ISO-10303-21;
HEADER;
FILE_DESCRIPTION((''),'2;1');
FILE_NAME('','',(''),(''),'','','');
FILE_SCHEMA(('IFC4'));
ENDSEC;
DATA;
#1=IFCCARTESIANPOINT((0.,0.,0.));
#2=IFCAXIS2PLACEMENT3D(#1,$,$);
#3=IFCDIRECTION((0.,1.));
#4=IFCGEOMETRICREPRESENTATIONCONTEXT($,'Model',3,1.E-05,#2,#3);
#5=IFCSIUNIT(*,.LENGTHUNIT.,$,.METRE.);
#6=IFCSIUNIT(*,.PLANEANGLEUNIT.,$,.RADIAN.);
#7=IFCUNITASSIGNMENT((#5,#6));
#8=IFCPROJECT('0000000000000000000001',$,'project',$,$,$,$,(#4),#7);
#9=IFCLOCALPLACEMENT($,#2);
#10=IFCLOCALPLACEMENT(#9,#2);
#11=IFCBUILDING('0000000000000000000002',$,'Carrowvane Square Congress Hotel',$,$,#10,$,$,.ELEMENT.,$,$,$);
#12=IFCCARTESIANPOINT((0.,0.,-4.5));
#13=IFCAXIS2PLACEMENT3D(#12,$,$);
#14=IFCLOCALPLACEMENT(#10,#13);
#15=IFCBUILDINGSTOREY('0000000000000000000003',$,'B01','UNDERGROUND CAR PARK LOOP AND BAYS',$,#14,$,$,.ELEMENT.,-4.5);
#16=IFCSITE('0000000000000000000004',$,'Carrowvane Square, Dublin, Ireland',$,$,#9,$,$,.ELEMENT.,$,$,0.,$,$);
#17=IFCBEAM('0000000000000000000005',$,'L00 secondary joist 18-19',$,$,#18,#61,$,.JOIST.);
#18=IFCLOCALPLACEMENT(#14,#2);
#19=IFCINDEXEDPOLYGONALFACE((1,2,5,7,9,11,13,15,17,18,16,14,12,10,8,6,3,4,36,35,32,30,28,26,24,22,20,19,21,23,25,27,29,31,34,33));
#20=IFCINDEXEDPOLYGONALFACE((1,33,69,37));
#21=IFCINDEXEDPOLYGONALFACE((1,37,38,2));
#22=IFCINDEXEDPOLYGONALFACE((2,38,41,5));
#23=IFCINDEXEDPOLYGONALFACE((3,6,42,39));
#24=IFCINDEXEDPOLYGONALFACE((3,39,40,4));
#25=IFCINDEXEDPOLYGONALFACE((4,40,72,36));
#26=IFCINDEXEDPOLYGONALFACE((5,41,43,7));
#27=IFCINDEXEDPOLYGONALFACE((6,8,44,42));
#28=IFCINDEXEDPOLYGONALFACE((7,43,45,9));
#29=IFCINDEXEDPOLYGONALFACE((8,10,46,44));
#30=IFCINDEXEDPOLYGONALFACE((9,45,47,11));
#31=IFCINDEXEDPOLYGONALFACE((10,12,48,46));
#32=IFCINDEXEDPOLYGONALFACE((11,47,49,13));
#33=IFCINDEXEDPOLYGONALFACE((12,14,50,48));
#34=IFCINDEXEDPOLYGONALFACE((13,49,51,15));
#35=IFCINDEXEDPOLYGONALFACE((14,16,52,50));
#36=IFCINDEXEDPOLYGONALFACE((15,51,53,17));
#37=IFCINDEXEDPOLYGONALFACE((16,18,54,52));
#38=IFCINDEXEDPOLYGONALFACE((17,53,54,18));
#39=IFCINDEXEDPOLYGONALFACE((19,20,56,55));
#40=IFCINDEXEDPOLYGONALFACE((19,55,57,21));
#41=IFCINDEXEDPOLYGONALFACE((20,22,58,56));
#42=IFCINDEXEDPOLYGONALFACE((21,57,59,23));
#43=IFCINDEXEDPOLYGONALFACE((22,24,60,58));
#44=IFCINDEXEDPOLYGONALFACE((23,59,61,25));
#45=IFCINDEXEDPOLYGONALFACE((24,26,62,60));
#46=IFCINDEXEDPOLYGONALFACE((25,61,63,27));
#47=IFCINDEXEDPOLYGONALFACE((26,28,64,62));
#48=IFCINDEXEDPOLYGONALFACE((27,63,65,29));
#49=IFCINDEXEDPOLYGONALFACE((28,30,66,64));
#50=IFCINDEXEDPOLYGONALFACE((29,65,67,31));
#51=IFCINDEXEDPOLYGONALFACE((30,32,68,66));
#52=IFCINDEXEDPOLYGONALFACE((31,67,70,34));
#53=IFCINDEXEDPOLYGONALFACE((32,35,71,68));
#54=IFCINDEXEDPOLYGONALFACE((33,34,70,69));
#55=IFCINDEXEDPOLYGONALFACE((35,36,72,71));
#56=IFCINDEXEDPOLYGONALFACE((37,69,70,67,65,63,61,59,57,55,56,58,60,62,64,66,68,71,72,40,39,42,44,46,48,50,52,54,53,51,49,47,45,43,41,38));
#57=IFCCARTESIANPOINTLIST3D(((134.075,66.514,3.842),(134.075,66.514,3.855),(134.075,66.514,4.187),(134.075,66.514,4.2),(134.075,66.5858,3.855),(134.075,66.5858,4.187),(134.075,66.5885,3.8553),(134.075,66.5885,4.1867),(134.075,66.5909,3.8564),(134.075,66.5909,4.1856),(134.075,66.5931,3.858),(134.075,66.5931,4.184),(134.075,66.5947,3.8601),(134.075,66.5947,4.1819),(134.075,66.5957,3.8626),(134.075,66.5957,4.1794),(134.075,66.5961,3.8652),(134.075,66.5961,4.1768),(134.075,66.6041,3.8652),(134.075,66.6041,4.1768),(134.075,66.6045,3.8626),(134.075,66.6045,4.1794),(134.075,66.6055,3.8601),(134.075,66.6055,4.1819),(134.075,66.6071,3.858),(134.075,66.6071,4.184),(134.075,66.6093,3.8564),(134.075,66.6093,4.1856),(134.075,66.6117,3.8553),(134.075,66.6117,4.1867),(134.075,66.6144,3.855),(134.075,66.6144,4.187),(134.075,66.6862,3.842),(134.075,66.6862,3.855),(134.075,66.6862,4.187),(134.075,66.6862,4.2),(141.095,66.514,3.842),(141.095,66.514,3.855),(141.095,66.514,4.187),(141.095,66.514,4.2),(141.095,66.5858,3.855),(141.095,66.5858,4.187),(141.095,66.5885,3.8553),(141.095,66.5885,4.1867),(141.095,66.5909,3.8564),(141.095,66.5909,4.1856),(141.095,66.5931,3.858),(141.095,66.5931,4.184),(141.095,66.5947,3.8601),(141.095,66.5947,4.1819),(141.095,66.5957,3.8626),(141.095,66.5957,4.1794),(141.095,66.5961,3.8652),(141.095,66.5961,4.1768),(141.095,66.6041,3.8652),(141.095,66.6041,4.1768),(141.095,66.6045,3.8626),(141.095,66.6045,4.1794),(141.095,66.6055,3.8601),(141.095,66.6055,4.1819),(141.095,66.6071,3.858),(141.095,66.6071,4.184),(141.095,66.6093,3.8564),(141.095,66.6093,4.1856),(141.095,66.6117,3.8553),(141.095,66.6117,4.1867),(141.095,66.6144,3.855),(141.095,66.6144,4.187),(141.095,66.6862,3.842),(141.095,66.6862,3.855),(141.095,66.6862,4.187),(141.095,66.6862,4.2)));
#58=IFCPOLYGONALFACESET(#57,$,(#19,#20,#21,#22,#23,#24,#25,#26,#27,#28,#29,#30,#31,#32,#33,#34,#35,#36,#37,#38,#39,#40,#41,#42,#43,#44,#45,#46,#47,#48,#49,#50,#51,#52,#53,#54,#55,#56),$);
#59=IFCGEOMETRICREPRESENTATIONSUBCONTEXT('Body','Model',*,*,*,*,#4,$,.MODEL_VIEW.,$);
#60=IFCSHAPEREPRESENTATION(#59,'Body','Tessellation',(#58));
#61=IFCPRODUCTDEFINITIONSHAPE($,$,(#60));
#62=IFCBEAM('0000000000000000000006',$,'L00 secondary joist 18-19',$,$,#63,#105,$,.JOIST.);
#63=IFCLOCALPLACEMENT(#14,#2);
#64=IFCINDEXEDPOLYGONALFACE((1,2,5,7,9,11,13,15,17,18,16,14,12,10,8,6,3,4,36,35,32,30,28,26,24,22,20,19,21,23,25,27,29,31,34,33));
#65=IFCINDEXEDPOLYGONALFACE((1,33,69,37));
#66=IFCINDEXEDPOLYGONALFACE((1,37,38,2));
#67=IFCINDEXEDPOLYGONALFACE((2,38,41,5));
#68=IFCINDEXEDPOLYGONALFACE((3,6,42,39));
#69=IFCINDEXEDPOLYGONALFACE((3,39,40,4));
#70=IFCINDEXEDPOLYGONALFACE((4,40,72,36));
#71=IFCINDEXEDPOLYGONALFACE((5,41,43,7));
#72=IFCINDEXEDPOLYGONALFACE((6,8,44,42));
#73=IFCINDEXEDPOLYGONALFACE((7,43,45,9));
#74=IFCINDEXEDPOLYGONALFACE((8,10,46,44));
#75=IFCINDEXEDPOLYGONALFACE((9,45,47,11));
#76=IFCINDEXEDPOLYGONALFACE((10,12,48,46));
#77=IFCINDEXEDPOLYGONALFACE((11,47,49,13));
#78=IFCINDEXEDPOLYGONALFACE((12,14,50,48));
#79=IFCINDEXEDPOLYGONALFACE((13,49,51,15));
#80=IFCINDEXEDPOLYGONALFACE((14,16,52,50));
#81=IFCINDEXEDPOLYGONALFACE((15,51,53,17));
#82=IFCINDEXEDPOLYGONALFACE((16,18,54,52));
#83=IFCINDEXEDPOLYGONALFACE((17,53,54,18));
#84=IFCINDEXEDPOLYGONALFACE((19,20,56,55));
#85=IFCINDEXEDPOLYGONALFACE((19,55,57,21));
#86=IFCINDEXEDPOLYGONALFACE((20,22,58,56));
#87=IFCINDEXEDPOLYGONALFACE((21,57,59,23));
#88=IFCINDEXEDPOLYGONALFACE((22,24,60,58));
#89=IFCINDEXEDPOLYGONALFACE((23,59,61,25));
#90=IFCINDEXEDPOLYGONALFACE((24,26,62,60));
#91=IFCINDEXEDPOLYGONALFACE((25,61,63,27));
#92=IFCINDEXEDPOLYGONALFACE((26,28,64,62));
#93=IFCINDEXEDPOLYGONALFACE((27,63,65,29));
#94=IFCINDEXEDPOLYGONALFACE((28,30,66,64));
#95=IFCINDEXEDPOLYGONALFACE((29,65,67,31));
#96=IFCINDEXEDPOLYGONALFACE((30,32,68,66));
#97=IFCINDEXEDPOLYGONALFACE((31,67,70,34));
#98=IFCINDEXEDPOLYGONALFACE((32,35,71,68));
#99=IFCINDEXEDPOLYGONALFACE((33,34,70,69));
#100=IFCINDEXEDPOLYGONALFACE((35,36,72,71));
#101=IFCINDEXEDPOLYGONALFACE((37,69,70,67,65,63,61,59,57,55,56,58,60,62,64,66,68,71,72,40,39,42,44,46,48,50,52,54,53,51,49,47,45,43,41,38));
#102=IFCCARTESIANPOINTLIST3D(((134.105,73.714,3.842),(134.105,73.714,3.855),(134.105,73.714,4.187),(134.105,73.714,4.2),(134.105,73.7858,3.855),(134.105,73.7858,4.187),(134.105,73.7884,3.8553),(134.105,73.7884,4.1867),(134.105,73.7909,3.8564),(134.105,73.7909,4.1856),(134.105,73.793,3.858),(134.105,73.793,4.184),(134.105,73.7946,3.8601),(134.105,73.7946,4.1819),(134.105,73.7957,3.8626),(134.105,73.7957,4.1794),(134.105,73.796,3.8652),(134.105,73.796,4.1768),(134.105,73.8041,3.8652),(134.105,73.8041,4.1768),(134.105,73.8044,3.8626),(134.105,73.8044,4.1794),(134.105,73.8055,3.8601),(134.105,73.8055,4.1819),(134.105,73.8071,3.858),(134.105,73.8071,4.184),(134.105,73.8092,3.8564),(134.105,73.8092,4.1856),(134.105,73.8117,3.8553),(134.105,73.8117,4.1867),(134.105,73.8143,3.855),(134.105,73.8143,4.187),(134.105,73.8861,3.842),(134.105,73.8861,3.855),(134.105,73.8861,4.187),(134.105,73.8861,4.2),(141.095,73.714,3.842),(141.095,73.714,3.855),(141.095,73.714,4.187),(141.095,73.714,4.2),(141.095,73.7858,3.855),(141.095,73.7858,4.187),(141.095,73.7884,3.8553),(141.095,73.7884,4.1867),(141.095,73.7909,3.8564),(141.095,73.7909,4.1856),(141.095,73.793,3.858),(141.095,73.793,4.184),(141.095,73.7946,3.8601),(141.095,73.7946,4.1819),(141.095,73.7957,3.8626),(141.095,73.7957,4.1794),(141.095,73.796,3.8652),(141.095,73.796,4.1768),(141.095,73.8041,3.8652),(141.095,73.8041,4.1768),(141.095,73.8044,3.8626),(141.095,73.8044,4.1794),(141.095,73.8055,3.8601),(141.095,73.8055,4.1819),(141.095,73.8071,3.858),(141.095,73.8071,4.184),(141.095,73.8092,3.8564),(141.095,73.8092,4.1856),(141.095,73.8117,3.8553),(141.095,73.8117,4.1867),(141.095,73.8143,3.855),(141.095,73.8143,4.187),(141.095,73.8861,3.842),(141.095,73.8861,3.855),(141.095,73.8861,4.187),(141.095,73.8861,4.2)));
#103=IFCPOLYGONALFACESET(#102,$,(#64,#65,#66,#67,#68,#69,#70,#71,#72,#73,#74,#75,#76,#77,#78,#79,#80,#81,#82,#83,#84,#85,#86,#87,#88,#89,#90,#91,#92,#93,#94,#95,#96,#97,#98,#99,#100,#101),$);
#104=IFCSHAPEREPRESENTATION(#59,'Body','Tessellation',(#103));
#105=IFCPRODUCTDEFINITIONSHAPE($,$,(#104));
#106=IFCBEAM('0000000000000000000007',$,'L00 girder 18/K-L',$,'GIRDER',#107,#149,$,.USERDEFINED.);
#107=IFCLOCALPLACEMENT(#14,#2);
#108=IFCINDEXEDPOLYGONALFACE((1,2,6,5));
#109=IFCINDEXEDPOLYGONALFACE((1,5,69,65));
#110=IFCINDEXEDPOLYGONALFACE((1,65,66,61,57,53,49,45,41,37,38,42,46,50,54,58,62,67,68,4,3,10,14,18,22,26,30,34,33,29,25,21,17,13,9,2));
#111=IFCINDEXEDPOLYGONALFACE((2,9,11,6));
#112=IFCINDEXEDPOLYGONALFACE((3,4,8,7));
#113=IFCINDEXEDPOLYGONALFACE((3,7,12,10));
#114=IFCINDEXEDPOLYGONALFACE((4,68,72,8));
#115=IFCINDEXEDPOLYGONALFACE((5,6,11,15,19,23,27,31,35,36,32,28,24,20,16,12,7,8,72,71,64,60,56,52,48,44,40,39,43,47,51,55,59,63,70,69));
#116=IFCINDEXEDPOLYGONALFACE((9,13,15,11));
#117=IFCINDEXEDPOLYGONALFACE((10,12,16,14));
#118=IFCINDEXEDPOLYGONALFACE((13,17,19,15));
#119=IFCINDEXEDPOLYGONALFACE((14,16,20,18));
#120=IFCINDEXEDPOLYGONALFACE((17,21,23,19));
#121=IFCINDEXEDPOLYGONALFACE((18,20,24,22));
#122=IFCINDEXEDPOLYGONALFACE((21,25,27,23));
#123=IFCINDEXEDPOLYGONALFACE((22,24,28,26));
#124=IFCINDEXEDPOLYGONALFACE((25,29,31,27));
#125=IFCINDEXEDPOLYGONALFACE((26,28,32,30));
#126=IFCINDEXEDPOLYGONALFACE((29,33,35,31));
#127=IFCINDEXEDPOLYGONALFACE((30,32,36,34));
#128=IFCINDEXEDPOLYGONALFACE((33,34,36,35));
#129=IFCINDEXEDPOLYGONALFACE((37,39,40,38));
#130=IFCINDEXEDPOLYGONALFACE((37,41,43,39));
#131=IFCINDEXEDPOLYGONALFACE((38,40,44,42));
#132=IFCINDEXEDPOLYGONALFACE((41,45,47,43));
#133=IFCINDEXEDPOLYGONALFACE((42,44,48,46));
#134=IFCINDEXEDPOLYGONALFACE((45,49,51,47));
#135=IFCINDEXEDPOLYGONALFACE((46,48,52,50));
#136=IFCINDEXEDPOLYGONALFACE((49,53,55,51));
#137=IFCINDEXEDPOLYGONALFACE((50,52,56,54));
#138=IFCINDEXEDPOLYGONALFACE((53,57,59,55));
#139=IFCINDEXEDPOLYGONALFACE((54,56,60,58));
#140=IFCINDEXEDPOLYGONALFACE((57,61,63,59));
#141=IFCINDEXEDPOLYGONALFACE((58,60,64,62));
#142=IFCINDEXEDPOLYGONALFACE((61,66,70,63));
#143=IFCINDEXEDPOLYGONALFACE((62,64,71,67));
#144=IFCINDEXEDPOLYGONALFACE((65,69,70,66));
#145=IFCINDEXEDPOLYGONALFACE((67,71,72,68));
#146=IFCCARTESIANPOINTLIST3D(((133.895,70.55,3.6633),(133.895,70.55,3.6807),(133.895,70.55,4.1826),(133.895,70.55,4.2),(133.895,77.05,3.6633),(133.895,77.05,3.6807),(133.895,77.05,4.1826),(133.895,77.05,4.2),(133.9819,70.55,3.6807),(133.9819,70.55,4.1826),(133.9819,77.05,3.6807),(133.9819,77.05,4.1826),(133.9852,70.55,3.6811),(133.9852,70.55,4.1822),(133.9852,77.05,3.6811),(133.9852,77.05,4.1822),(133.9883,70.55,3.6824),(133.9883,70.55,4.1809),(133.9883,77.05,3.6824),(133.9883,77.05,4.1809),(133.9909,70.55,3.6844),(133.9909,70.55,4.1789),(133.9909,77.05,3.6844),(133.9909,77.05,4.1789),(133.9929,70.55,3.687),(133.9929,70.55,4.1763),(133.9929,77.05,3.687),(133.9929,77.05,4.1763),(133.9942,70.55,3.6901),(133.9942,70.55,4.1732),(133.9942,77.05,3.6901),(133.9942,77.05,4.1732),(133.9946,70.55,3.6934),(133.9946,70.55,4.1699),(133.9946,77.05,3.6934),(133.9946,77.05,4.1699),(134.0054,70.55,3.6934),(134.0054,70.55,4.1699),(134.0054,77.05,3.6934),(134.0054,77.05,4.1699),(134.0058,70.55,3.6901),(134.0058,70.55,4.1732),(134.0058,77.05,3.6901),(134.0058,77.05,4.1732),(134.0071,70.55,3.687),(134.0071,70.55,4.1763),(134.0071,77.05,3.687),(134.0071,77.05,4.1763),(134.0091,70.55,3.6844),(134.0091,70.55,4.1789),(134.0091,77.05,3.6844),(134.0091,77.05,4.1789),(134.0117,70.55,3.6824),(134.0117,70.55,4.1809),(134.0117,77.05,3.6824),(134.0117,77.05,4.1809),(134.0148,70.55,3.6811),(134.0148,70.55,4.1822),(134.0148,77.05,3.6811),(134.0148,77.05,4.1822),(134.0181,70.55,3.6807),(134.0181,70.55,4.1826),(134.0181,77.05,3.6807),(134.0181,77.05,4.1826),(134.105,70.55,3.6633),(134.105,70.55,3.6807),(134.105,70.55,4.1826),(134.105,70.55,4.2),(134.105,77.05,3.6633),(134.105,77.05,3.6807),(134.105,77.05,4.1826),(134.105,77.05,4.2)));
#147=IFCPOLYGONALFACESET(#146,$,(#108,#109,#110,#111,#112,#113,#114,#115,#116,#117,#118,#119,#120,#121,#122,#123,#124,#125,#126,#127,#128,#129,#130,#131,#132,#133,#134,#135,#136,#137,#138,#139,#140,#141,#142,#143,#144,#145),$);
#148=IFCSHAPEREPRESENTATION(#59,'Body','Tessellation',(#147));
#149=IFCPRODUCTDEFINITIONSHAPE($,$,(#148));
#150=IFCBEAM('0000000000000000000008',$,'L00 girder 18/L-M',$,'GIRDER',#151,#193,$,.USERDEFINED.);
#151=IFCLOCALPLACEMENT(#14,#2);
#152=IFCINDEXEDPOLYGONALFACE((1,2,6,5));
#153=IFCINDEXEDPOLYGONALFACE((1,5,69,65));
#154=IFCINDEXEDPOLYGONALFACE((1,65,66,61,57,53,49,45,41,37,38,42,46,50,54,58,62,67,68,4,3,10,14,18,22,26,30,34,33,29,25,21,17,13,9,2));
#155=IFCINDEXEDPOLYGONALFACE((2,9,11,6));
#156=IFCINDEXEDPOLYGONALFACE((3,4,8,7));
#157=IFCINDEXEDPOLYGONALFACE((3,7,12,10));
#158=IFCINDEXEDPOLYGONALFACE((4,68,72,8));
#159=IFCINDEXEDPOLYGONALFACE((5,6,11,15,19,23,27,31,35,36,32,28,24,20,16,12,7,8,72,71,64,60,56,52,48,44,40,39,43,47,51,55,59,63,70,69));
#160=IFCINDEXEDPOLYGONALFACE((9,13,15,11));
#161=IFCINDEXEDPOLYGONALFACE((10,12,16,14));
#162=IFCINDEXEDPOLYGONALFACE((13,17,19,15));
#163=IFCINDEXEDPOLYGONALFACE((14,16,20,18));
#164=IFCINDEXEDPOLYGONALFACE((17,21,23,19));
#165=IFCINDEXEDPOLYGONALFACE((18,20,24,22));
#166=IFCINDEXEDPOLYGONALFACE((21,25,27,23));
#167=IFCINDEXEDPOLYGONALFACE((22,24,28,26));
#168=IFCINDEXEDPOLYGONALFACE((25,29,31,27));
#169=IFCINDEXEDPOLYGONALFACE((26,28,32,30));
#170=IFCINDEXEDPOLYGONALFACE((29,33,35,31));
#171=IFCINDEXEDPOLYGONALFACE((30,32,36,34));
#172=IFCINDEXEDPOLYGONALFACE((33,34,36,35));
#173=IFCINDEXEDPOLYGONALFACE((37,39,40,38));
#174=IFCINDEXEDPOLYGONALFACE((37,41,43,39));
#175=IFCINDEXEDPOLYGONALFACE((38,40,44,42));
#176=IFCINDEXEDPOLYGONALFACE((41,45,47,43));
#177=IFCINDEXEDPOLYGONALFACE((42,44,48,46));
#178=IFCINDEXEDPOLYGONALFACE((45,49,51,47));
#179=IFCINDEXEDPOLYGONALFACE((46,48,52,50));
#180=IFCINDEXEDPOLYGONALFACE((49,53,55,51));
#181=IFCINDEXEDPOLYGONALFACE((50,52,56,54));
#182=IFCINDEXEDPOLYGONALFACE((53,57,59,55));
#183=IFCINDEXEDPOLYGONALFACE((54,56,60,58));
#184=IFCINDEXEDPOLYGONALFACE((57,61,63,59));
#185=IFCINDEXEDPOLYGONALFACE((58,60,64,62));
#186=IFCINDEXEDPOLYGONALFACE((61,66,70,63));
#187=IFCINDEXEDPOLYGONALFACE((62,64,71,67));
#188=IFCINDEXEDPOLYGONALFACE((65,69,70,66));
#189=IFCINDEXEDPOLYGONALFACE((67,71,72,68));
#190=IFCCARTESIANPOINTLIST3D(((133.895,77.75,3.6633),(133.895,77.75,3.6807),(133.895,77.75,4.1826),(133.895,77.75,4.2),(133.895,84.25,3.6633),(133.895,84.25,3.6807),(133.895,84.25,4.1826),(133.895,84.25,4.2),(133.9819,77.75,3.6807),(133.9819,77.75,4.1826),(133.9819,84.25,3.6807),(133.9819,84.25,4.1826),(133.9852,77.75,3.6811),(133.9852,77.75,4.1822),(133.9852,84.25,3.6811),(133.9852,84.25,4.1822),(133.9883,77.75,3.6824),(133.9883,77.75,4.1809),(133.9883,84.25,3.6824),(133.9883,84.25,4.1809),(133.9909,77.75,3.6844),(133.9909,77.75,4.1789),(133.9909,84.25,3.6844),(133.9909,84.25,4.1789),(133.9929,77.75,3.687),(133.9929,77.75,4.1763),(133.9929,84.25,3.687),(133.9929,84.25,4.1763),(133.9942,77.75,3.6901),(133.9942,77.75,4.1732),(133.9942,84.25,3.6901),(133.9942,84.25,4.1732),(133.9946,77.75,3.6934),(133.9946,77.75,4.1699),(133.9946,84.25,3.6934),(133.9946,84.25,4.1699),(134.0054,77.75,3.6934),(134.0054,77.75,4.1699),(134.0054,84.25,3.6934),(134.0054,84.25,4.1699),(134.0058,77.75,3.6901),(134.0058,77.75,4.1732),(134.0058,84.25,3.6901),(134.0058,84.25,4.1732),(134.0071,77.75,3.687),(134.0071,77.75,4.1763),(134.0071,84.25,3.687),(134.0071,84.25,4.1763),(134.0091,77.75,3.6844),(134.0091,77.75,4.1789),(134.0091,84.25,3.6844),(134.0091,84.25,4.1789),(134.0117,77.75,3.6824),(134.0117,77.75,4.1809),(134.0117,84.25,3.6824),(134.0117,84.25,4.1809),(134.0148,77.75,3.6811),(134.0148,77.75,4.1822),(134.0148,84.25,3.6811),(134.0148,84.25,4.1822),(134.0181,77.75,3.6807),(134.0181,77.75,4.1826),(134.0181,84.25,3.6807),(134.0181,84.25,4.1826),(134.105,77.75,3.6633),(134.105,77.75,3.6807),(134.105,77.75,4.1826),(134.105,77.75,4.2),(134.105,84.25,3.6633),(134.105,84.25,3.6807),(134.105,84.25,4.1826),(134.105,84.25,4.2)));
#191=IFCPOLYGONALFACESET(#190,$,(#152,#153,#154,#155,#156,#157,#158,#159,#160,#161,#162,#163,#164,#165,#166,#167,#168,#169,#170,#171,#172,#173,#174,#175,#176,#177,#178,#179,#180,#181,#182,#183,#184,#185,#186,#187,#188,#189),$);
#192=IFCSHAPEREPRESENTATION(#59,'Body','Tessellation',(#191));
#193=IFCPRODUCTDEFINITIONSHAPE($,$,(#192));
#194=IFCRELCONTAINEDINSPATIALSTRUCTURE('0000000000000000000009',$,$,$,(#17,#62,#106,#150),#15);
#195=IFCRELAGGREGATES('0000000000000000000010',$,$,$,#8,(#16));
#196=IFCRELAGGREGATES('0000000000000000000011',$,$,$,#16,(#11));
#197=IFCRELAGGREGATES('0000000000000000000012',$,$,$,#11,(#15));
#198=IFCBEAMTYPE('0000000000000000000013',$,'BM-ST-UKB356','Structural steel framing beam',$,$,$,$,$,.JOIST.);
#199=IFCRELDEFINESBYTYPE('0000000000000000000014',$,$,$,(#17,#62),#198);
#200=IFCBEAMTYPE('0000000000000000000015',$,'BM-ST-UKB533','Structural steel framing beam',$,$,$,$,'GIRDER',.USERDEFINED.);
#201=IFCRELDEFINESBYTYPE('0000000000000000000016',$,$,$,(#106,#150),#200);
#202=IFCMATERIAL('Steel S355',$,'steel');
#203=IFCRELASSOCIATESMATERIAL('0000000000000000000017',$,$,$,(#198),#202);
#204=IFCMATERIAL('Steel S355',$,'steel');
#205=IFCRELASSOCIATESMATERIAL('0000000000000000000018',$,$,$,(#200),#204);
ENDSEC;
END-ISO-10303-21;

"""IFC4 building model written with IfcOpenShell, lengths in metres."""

from ifc_helpers import new_model, si_unit, direction, frame, origin, origin_2d, place, context, subcontext, project, spatial, i_section, extrude, material, material_profile, profile_set, type_object, element, save


model = new_model("IFC4")

# Units and contexts
model_context = context("Model", 3, precision=1e-05, world=origin(), true_north=direction((0.0, 1.0)))
body_context = subcontext(model_context, "Body", "Model", "MODEL_VIEW")
ifc_project = project(units=[si_unit("LENGTHUNIT", "METRE"), si_unit("PLANEANGLEUNIT", "RADIAN")], contexts=[model_context])

# Site, building, storey
site_placement = place(None, origin())
site = spatial("IfcSite", under=ifc_project, at=site_placement, Name="Carrowvane Square, Dublin, Ireland", CompositionType="ELEMENT", RefElevation=0.0)
building_placement = place(site_placement, origin())
building = spatial("IfcBuilding", under=site, at=building_placement, Name="Carrowvane Square Congress Hotel", CompositionType="ELEMENT")
storey_placement = place(building_placement, frame((0.0, 0.0, -4.5)))
storey = spatial("IfcBuildingStorey", under=building, at=storey_placement, Name="B01", Description="UNDERGROUND CAR PARK LOOP AND BAYS", CompositionType="ELEMENT", Elevation=-4.5)

# Beams
ifc_material_1 = material(Name="Steel S355", Category="steel")
ifc_material_profile_1 = material_profile(ifc_material_1, i_section(OverallWidth=0.1721, OverallDepth=0.3579, WebThickness=0.0081, FlangeThickness=0.0129, FilletRadius=0.0103, at=origin_2d()), Name="UKB 356x171x57")
ifc_profile_set_1 = profile_set([ifc_material_profile_1], Name="Steel S355")
beam_type_1 = type_object("IfcBeamType", Name="BM-ST-UKB356", Description="Structural steel framing beam", PredefinedType="JOIST", material=ifc_profile_set_1)
beam_1_placement = place(storey_placement, frame((134.075, 66.6001, 4.021), z_axis=(1.0, 0.0, 0.0), x_axis=(0.0, 1.0, 0.0)))
element("IfcBeam", 1, at=beam_1_placement, inside=storey, type_object=beam_type_1, Name="L00 secondary joist 18-19", PredefinedType="JOIST", context=body_context, shape_type="SweptSolid", body=[
    extrude(i_section(OverallWidth=0.1721, OverallDepth=0.3579, WebThickness=0.0081, FlangeThickness=0.0129, FilletRadius=0.0103, at=origin_2d()), origin(), (0.0, 0.0, 1.0), 7.02),
])
beam_2_placement = place(storey_placement, frame((134.105, 73.8, 4.021), z_axis=(1.0, 0.0, 0.0), x_axis=(0.0, 1.0, 0.0)))
element("IfcBeam", 2, at=beam_2_placement, inside=storey, type_object=beam_type_1, Name="L00 secondary joist 18-19", PredefinedType="JOIST", context=body_context, shape_type="SweptSolid", body=[
    extrude(i_section(OverallWidth=0.1721, OverallDepth=0.3579, WebThickness=0.0081, FlangeThickness=0.0129, FilletRadius=0.0103, at=origin_2d()), origin(), (0.0, 0.0, 1.0), 6.99),
])
ifc_material_2 = material(Name="Steel S355", Category="steel")
ifc_material_profile_2 = material_profile(ifc_material_2, i_section(OverallWidth=0.21, OverallDepth=0.5366, WebThickness=0.0107, FlangeThickness=0.0173, FilletRadius=0.0127, at=origin_2d()), Name="UKB 533x210x101")
ifc_profile_set_2 = profile_set([ifc_material_profile_2], Name="Steel S355")
beam_type_2 = type_object("IfcBeamType", Name="BM-ST-UKB533", Description="Structural steel framing beam", ElementType="GIRDER", PredefinedType="USERDEFINED", material=ifc_profile_set_2)
for number, where, z_axis, x_axis, name in (
    (3, (134.0, 70.55, 3.9316), (0.0, 1.0, 0.0), (-1.0, 0.0, 0.0), "L00 girder 18/K-L"),
    (4, (134.0, 77.75, 3.9316), (0.0, 1.0, 0.0), (-1.0, 0.0, 0.0), "L00 girder 18/L-M"),
):
    element("IfcBeam", number, at=place(storey_placement, frame(where, z_axis=z_axis, x_axis=x_axis)), inside=storey, type_object=beam_type_2, Name=name, ObjectType="GIRDER", PredefinedType="USERDEFINED", context=body_context, shape_type="SweptSolid", body=[
        extrude(i_section(OverallWidth=0.21, OverallDepth=0.5366, WebThickness=0.0107, FlangeThickness=0.0173, FilletRadius=0.0127, at=origin_2d()), origin(), (0.0, 0.0, 1.0), 6.5),
    ])

save(model, "model.ifc")
